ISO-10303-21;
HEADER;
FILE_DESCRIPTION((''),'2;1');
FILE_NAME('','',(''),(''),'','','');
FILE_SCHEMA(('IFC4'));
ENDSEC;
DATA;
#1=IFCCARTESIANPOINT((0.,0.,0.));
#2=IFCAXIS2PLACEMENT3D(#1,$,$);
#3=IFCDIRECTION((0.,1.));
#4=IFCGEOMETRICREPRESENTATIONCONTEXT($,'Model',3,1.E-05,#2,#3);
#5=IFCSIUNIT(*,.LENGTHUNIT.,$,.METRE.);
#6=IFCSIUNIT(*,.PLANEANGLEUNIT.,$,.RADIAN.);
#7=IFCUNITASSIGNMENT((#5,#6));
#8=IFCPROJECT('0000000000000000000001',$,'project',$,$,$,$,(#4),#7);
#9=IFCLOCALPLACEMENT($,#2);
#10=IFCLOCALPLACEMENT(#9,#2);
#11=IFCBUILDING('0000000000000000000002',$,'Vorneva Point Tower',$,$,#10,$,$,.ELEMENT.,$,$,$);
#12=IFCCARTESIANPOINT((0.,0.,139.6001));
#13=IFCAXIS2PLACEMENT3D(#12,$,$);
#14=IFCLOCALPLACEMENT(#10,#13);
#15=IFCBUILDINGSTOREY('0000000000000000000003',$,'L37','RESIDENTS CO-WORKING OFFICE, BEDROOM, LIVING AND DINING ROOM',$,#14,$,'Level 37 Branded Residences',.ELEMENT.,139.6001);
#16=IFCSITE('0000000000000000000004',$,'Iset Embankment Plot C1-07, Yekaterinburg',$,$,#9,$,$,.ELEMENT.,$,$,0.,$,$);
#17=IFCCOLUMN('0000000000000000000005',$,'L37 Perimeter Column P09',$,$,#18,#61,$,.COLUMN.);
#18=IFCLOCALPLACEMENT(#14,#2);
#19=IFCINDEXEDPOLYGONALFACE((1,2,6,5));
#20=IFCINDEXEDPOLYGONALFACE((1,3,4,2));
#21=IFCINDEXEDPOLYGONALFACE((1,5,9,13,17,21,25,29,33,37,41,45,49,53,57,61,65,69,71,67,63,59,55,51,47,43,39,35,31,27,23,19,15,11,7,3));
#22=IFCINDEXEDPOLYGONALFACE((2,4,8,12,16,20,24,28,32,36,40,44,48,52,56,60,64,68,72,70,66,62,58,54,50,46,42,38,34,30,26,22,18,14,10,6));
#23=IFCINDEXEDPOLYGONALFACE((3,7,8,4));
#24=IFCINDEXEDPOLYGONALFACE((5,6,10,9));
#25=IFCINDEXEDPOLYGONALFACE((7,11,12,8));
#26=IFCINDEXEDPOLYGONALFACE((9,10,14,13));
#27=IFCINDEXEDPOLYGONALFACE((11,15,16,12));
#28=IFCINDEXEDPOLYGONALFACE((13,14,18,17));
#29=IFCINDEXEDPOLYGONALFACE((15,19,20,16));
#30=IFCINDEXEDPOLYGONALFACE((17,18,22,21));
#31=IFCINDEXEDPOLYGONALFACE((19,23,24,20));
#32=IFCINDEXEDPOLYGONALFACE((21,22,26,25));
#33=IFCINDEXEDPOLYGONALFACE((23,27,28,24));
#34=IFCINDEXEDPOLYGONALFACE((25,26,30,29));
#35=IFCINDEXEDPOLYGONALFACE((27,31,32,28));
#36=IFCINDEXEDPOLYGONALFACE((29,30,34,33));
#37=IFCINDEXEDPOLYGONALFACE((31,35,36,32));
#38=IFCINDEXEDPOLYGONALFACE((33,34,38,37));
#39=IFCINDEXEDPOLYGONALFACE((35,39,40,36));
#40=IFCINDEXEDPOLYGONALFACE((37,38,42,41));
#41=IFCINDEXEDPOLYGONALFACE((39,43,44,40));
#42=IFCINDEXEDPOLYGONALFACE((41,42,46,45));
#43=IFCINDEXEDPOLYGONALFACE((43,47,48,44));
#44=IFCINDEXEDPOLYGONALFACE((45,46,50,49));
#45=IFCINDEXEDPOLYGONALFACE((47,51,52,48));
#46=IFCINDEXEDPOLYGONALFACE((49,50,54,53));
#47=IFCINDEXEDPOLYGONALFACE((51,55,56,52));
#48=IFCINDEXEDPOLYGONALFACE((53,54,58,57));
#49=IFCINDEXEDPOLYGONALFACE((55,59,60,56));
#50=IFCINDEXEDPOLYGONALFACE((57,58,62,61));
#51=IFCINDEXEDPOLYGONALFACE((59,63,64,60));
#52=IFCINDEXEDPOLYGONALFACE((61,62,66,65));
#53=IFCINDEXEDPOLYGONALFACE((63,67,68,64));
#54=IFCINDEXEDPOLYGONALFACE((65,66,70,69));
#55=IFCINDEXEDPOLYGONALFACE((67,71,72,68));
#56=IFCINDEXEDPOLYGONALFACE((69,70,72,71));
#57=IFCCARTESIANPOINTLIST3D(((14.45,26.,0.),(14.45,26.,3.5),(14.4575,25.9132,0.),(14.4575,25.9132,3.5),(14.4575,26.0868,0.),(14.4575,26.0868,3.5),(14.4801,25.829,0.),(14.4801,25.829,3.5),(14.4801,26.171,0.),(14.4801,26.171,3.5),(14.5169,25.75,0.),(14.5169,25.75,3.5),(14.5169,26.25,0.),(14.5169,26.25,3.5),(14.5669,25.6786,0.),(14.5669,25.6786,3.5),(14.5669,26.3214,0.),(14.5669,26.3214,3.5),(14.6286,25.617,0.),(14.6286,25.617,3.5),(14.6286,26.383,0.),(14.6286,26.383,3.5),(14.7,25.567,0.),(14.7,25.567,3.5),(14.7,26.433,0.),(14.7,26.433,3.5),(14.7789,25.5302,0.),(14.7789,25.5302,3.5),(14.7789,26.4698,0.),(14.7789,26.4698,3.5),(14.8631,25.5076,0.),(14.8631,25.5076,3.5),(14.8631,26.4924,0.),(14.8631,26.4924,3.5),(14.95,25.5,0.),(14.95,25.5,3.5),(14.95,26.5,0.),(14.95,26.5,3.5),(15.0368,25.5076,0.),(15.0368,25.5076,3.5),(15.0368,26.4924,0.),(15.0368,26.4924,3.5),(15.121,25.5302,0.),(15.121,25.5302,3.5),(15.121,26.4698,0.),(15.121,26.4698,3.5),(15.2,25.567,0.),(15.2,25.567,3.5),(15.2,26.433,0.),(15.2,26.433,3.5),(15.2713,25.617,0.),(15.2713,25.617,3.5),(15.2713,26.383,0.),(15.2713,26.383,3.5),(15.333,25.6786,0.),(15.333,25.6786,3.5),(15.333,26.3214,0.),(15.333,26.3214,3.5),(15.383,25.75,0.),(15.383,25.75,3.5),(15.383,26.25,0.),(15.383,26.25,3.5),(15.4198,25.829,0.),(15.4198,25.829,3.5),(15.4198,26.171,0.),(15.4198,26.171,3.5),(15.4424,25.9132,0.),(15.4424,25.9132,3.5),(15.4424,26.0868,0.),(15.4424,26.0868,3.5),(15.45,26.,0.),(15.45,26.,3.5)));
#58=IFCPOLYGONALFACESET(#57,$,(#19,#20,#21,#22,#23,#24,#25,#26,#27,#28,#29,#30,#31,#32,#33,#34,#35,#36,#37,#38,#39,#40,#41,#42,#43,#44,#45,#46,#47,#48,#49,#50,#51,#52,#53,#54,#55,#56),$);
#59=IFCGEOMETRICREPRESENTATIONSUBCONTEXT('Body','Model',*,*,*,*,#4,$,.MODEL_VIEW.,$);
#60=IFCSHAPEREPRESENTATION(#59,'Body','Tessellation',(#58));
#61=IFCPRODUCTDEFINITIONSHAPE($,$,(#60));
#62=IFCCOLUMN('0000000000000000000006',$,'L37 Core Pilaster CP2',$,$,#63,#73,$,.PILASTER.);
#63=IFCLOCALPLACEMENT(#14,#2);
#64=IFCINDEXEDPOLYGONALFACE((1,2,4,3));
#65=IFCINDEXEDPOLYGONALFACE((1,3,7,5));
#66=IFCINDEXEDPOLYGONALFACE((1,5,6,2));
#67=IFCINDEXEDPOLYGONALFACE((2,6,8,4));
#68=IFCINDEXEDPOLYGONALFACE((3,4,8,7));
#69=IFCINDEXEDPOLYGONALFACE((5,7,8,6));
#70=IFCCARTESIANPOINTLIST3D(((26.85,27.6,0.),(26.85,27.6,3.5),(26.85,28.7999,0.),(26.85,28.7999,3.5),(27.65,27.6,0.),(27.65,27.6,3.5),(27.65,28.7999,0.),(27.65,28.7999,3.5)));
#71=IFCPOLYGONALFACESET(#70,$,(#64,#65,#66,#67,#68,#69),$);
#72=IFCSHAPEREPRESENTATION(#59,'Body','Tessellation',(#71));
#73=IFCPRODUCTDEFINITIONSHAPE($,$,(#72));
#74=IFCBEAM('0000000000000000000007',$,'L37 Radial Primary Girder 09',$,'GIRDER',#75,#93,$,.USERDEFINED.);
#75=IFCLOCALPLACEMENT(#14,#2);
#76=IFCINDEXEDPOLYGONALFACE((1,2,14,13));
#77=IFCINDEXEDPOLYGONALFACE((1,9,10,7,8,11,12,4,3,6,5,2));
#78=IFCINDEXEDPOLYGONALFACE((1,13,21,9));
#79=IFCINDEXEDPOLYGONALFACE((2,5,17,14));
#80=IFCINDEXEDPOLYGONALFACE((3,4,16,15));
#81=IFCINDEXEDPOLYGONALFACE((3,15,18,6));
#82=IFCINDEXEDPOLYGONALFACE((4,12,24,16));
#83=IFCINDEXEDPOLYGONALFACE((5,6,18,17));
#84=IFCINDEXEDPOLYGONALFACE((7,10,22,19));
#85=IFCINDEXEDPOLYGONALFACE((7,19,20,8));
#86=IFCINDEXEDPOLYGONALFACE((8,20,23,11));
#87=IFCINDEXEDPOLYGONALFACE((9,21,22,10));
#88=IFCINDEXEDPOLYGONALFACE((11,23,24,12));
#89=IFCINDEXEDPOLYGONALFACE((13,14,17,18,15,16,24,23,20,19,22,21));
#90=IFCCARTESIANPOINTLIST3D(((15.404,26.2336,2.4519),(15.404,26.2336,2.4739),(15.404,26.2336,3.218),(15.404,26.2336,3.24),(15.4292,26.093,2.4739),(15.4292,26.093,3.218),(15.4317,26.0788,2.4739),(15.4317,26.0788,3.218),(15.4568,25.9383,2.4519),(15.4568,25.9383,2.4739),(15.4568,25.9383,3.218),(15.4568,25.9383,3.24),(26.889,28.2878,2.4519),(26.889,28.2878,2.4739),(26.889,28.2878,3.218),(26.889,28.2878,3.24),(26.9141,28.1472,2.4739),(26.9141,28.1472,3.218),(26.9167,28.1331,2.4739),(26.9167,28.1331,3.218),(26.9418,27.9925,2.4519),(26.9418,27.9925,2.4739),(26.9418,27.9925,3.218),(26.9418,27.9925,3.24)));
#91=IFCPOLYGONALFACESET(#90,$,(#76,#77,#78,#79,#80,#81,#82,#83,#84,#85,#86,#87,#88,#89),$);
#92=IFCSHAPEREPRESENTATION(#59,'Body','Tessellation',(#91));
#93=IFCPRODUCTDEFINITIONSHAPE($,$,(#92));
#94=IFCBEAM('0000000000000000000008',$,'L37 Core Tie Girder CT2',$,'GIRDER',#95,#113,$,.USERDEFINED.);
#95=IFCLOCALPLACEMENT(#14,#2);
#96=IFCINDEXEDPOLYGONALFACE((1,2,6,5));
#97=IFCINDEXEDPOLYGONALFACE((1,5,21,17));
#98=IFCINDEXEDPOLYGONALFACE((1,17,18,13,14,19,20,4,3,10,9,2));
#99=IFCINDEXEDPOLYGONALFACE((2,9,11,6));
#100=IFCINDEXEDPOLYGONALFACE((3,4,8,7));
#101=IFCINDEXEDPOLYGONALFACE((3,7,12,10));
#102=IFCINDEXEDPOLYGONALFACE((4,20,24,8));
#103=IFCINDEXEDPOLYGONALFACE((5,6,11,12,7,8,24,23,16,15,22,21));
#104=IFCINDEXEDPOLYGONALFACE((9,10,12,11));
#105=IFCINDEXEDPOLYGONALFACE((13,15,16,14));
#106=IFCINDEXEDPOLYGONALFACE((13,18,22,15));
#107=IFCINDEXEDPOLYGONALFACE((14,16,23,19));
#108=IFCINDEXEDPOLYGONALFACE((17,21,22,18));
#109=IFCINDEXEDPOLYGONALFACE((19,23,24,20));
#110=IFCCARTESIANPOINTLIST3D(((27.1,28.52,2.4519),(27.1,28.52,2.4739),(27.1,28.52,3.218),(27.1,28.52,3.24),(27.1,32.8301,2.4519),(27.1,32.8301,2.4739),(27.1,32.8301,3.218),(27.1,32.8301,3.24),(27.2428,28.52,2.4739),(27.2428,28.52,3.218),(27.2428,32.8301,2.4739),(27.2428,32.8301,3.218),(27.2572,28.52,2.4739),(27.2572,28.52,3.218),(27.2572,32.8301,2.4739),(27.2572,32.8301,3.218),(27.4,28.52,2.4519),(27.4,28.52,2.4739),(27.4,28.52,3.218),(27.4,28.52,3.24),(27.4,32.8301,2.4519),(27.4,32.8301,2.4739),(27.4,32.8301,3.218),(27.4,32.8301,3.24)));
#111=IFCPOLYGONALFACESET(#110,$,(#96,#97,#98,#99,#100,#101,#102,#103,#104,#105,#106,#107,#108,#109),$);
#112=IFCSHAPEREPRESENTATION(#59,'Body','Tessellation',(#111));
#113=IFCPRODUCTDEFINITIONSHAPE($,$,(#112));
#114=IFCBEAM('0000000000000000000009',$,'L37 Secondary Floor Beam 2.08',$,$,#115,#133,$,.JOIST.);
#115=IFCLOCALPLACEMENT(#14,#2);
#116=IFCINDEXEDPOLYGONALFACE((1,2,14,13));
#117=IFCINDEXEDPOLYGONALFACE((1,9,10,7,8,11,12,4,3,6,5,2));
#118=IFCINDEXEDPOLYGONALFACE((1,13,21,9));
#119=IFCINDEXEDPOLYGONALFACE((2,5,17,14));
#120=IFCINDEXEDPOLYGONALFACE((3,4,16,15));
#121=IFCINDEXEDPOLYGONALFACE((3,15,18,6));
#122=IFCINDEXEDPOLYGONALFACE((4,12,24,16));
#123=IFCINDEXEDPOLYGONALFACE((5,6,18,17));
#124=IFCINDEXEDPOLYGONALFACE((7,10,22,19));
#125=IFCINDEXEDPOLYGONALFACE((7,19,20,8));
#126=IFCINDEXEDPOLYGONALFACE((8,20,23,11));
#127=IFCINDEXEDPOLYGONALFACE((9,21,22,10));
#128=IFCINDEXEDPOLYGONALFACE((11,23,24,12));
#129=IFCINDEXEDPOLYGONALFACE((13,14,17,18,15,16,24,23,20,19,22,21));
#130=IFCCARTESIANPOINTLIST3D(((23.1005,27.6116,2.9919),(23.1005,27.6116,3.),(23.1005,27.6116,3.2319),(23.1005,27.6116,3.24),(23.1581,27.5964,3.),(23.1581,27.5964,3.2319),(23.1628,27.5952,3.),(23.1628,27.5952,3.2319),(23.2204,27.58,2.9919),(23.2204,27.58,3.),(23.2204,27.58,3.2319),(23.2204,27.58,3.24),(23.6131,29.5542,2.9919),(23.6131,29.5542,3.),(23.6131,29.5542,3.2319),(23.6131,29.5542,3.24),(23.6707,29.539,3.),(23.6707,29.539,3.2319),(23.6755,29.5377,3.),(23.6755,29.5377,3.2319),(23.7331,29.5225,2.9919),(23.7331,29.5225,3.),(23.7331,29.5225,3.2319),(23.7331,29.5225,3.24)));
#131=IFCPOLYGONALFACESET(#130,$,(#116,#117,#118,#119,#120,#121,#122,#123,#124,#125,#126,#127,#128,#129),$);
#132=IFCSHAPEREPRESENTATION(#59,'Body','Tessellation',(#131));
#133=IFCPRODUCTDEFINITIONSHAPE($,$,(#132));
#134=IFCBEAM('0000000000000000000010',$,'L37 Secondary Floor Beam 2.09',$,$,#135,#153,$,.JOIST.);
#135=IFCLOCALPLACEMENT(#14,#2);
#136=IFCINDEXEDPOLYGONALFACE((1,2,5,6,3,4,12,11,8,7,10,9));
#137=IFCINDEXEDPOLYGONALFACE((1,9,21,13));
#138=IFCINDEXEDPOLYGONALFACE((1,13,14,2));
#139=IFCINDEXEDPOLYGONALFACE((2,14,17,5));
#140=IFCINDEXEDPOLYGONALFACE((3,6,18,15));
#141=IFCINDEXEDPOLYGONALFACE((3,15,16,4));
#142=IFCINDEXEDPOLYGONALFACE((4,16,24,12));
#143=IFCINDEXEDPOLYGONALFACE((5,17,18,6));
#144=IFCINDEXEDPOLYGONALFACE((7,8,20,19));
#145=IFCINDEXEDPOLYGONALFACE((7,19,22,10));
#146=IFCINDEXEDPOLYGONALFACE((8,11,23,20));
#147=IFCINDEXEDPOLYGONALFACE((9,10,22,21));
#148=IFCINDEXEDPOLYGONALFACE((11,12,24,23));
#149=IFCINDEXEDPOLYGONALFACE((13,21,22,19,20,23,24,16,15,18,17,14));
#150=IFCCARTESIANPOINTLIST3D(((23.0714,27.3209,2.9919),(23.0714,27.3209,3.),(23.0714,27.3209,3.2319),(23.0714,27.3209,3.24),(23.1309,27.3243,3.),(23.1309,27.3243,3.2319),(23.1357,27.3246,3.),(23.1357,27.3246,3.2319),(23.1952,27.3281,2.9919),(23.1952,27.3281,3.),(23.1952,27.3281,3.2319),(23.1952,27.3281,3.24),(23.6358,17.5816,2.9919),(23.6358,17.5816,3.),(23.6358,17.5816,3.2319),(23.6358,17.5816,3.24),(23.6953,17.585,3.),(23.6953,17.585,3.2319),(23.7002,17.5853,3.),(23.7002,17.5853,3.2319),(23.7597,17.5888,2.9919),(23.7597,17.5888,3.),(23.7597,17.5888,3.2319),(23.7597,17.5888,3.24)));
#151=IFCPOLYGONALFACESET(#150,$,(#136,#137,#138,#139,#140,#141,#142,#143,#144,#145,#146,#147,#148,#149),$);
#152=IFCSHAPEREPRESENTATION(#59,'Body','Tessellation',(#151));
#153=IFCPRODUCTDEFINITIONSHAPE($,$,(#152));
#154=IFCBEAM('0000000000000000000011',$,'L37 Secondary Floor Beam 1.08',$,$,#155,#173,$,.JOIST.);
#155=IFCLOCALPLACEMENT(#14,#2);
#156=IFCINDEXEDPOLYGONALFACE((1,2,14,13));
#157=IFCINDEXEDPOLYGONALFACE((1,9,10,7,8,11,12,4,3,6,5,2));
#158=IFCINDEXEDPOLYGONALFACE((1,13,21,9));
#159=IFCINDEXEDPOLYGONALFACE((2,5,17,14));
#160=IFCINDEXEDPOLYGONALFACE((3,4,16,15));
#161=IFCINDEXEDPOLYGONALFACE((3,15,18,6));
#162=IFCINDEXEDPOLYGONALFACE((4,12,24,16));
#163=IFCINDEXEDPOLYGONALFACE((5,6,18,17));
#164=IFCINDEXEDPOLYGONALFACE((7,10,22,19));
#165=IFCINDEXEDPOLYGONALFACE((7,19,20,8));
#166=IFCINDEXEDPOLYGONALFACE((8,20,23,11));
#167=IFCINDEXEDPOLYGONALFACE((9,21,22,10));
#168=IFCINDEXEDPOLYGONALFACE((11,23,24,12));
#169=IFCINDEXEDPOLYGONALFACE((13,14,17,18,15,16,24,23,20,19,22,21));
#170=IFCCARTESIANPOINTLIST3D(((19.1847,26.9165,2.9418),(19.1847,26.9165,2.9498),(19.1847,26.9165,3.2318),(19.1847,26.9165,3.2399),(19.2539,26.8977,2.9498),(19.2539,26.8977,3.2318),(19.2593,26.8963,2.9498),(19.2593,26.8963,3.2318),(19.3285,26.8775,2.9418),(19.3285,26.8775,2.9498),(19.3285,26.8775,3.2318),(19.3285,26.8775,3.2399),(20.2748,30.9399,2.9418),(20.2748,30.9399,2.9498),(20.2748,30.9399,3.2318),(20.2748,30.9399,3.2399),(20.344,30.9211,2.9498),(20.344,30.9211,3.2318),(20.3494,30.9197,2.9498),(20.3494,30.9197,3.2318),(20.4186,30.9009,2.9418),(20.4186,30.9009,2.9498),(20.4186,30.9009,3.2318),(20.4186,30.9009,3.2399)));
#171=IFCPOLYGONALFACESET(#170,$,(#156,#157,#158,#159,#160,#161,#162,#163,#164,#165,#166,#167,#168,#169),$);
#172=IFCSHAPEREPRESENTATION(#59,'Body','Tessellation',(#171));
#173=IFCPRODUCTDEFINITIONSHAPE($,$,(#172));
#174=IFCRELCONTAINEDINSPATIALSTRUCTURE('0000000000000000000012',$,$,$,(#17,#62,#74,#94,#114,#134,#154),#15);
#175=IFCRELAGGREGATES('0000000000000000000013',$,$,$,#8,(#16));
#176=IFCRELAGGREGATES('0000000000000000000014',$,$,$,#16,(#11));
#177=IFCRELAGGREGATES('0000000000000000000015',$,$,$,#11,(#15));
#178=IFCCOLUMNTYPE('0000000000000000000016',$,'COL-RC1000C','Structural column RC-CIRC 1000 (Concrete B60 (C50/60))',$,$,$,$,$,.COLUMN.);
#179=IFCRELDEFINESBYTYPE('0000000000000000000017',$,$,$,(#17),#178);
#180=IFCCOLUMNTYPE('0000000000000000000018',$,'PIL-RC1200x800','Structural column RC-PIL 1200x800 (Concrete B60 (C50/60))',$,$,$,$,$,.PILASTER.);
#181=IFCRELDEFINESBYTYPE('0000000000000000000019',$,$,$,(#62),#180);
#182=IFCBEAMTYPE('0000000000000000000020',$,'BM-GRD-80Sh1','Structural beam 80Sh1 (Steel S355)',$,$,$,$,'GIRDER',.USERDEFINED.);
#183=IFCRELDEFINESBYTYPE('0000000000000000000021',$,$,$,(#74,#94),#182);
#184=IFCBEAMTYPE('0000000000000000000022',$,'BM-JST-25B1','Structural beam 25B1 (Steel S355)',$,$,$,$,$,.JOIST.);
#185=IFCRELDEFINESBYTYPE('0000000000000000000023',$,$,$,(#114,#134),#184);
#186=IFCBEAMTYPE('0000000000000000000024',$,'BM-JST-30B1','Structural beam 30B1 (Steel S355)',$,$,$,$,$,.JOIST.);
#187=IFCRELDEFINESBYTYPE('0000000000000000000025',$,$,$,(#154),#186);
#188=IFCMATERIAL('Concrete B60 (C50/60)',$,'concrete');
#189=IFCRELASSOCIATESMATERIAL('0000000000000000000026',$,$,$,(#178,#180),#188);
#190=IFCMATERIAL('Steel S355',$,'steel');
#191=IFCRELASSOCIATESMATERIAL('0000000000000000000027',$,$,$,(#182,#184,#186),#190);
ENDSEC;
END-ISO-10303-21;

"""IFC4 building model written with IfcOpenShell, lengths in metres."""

from ifc_helpers import new_model, si_unit, direction, frame, origin, origin_2d, place, context, subcontext, project, spatial, rectangle, circle, i_section, extrude, material, material_profile, profile_set, type_object, element, save


model = new_model("IFC4")

# Units and contexts
model_context = context("Model", 3, precision=1e-05, world=origin(), true_north=direction((0.0, 1.0)))
body_context = subcontext(model_context, "Body", "Model", "MODEL_VIEW")
ifc_project = project(units=[si_unit("LENGTHUNIT", "METRE"), si_unit("PLANEANGLEUNIT", "RADIAN")], contexts=[model_context])

# Site, building, storey
site_placement = place(None, origin())
site = spatial("IfcSite", under=ifc_project, at=site_placement, Name="Iset Embankment Plot C1-07, Yekaterinburg", CompositionType="ELEMENT", RefElevation=0.0)
building_placement = place(site_placement, origin())
building = spatial("IfcBuilding", under=site, at=building_placement, Name="Vorneva Point Tower", CompositionType="ELEMENT")
storey_placement = place(building_placement, frame((0.0, 0.0, 139.6001)))
storey = spatial("IfcBuildingStorey", under=building, at=storey_placement, Name="L37", Description="RESIDENTS CO-WORKING OFFICE, BEDROOM, LIVING AND DINING ROOM", LongName="Level 37 Branded Residences", CompositionType="ELEMENT", Elevation=139.6001)

# Columns
ifc_material_1 = material(Name="Concrete B60 (C50/60)", Category="concrete")
ifc_material_profile_1 = material_profile(ifc_material_1, circle(Radius=0.5, at=origin_2d()), Name="RC-CIRC 1000")
ifc_profile_set_1 = profile_set([ifc_material_profile_1], Name="Concrete B60 (C50/60)")
column_type_1 = type_object("IfcColumnType", Name="COL-RC1000C", Description="Structural column RC-CIRC 1000 (Concrete B60 (C50/60))", PredefinedType="COLUMN", material=ifc_profile_set_1)
column_1_placement = place(storey_placement, frame((14.95, 26.0, 0.0), z_axis=(0.0, 0.0, 1.0), x_axis=(-1.0, 0.0, 0.0)))
element("IfcColumn", 1, at=column_1_placement, inside=storey, type_object=column_type_1, Name="L37 Perimeter Column P09", PredefinedType="COLUMN", context=body_context, shape_type="SweptSolid", body=[
    extrude(circle(Radius=0.5, at=origin_2d()), origin(), (0.0, 0.0, 1.0), 3.5),
])
ifc_material_profile_2 = material_profile(ifc_material_1, rectangle(XDim=0.8, YDim=1.2, at=origin_2d()), Name="RC-PIL 1200x800")
ifc_profile_set_2 = profile_set([ifc_material_profile_2], Name="Concrete B60 (C50/60)")
column_type_2 = type_object("IfcColumnType", Name="PIL-RC1200x800", Description="Structural column RC-PIL 1200x800 (Concrete B60 (C50/60))", PredefinedType="PILASTER", material=ifc_profile_set_2)
column_2_placement = place(storey_placement, frame((27.25, 28.2, 0.0), z_axis=(0.0, 0.0, 1.0), x_axis=(1.0, 0.0, 0.0)))
element("IfcColumn", 2, at=column_2_placement, inside=storey, type_object=column_type_2, Name="L37 Core Pilaster CP2", PredefinedType="PILASTER", context=body_context, shape_type="SweptSolid", body=[
    extrude(rectangle(XDim=0.8, YDim=1.2, at=origin_2d()), origin(), (0.0, 0.0, 1.0), 3.5),
])

# Beams
ifc_material_2 = material(Name="Steel S355", Category="steel")
ifc_material_profile_3 = material_profile(ifc_material_2, i_section(OverallWidth=0.3, OverallDepth=0.7881, WebThickness=0.0144, FlangeThickness=0.022, at=origin_2d()), Name="80Sh1")
ifc_profile_set_3 = profile_set([ifc_material_profile_3], Name="Steel S355")
beam_type_1 = type_object("IfcBeamType", Name="BM-GRD-80Sh1", Description="Structural beam 80Sh1 (Steel S355)", ElementType="GIRDER", PredefinedType="USERDEFINED", material=ifc_profile_set_3)
beam_1_placement = place(storey_placement, frame((15.4304, 26.0859, 2.8459), z_axis=(0.984378, 0.176067, 0.0), x_axis=(-0.176067, 0.984378, 0.0)))
element("IfcBeam", 3, at=beam_1_placement, inside=storey, type_object=beam_type_1, Name="L37 Radial Primary Girder 09", ObjectType="GIRDER", PredefinedType="USERDEFINED", context=body_context, shape_type="SweptSolid", body=[
    extrude(i_section(OverallWidth=0.3, OverallDepth=0.7881, WebThickness=0.0144, FlangeThickness=0.022, at=origin_2d()), origin(), (0.0, 0.0, 1.0), 11.6672),
])
beam_2_placement = place(storey_placement, frame((27.25, 28.52, 2.8459), z_axis=(0.0, 1.0, 0.0), x_axis=(-1.0, 0.0, 0.0)))
element("IfcBeam", 4, at=beam_2_placement, inside=storey, type_object=beam_type_1, Name="L37 Core Tie Girder CT2", ObjectType="GIRDER", PredefinedType="USERDEFINED", context=body_context, shape_type="SweptSolid", body=[
    extrude(i_section(OverallWidth=0.3, OverallDepth=0.7881, WebThickness=0.0144, FlangeThickness=0.022, at=origin_2d()), origin(), (0.0, 0.0, 1.0), 4.3101),
])
ifc_material_profile_4 = material_profile(ifc_material_2, i_section(OverallWidth=0.124, OverallDepth=0.248, WebThickness=0.0049, FlangeThickness=0.0081, at=origin_2d()), Name="25B1")
ifc_profile_set_4 = profile_set([ifc_material_profile_4], Name="Steel S355")
beam_type_2 = type_object("IfcBeamType", Name="BM-JST-25B1", Description="Structural beam 25B1 (Steel S355)", PredefinedType="JOIST", material=ifc_profile_set_4)
beam_3_placement = place(storey_placement, frame((23.6731, 29.5383, 3.116), z_axis=(-0.255181, -0.966893, 0.0), x_axis=(0.966893, -0.255181, 0.0)))
element("IfcBeam", 5, at=beam_3_placement, inside=storey, type_object=beam_type_2, Name="L37 Secondary Floor Beam 2.08", PredefinedType="JOIST", context=body_context, shape_type="SweptSolid", body=[
    extrude(i_section(OverallWidth=0.124, OverallDepth=0.248, WebThickness=0.0049, FlangeThickness=0.0081, at=origin_2d()), origin(), (0.0, 0.0, 1.0), 2.009),
])
beam_4_placement = place(storey_placement, frame((23.1333, 27.3245, 3.116), z_axis=(0.057859, -0.998325, 0.0), x_axis=(0.998325, 0.057859, 0.0)))
element("IfcBeam", 6, at=beam_4_placement, inside=storey, type_object=beam_type_2, Name="L37 Secondary Floor Beam 2.09", PredefinedType="JOIST", context=body_context, shape_type="SweptSolid", body=[
    extrude(i_section(OverallWidth=0.124, OverallDepth=0.248, WebThickness=0.0049, FlangeThickness=0.0081, at=origin_2d()), origin(), (0.0, 0.0, 1.0), 9.7556),
])
ifc_material_profile_5 = material_profile(ifc_material_2, i_section(OverallWidth=0.1489, OverallDepth=0.2981, WebThickness=0.0056, FlangeThickness=0.0081, at=origin_2d()), Name="30B1")
ifc_profile_set_5 = profile_set([ifc_material_profile_5], Name="Steel S355")
beam_type_3 = type_object("IfcBeamType", Name="BM-JST-30B1", Description="Structural beam 30B1 (Steel S355)", PredefinedType="JOIST", material=ifc_profile_set_5)
beam_5_placement = place(storey_placement, frame((20.3467, 30.9204, 3.0908), z_axis=(-0.261506, -0.965202, 0.0), x_axis=(0.965202, -0.261506, 0.0)))
element("IfcBeam", 7, at=beam_5_placement, inside=storey, type_object=beam_type_3, Name="L37 Secondary Floor Beam 1.08", PredefinedType="JOIST", context=body_context, shape_type="SweptSolid", body=[
    extrude(i_section(OverallWidth=0.1489, OverallDepth=0.2981, WebThickness=0.0056, FlangeThickness=0.0081, at=origin_2d()), origin(), (0.0, 0.0, 1.0), 4.1685),
])

save(model, "model.ifc")
